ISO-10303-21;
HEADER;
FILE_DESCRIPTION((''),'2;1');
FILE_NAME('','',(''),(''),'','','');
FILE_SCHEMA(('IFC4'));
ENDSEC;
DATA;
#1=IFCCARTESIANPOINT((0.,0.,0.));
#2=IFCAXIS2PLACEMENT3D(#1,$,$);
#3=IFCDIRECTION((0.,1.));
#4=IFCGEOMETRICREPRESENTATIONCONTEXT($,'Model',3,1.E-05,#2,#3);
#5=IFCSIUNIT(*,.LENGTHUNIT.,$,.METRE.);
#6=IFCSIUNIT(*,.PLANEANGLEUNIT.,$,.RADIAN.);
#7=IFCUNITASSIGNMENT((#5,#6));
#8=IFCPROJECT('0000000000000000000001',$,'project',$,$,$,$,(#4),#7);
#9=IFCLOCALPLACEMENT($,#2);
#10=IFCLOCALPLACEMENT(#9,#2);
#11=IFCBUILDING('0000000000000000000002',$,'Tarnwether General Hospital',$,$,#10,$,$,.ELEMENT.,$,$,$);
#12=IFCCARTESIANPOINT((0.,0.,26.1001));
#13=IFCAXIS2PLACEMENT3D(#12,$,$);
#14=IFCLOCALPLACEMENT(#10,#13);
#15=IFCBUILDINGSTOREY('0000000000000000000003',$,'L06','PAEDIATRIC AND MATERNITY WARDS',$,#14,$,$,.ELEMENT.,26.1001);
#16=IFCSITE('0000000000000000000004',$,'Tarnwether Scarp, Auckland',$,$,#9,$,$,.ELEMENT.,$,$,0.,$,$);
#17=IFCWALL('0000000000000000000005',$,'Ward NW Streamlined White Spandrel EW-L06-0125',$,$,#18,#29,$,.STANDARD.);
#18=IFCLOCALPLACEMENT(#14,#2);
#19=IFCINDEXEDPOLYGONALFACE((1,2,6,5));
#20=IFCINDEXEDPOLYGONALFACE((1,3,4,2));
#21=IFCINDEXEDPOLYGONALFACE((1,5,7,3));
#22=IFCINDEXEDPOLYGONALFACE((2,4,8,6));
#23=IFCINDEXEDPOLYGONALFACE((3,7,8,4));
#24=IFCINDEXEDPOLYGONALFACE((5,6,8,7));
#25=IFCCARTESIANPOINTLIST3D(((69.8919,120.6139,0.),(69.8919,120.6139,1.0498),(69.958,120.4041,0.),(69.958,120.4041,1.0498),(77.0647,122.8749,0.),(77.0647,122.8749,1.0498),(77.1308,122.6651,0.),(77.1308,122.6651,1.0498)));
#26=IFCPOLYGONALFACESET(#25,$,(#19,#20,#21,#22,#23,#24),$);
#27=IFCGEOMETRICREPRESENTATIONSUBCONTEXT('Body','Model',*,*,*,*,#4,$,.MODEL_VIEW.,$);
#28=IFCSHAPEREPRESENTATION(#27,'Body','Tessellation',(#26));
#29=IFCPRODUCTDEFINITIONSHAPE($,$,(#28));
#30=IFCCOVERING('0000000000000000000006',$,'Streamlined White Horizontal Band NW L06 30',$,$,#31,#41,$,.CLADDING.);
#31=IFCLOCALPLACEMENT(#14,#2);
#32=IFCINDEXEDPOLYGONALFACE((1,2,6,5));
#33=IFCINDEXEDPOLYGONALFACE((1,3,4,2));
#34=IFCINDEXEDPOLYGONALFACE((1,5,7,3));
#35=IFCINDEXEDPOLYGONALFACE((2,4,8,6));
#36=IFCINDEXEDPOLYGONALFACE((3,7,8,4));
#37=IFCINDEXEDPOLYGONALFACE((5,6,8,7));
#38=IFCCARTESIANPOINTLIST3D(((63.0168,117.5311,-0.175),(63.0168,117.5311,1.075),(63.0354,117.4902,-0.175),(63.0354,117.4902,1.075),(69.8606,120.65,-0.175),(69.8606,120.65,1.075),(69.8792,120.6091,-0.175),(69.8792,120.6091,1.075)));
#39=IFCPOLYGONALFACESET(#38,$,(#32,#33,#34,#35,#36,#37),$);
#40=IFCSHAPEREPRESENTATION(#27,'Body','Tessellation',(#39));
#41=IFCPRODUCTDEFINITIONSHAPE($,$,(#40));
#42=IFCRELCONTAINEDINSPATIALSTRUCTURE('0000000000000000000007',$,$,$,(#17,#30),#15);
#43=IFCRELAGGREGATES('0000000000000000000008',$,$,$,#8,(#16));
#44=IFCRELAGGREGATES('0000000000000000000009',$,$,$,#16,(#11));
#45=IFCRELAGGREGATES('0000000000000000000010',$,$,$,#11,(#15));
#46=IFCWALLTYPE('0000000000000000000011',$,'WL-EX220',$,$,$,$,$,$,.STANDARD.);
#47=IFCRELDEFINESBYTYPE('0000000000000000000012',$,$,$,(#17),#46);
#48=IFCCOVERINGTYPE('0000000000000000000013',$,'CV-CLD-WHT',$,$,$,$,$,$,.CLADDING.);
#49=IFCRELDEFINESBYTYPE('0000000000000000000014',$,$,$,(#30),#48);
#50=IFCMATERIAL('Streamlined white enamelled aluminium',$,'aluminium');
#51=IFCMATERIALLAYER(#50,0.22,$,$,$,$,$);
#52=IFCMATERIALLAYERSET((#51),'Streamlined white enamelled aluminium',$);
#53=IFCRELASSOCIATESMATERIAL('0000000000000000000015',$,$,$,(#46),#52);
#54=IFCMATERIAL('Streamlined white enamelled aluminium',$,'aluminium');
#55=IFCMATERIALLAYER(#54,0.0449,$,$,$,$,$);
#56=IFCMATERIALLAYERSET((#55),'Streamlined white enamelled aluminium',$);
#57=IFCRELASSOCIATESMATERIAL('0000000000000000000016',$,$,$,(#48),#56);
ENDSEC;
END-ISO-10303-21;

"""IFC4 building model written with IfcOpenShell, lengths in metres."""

from ifc_helpers import new_model, si_unit, direction, frame, frame_2d, origin, origin_2d, place, context, subcontext, project, spatial, rectangle, extrude, material, layer, layer_set, type_object, element, save


model = new_model("IFC4")

# Units and contexts
model_context = context("Model", 3, precision=1e-05, world=origin(), true_north=direction((0.0, 1.0)))
body_context = subcontext(model_context, "Body", "Model", "MODEL_VIEW")
ifc_project = project(units=[si_unit("LENGTHUNIT", "METRE"), si_unit("PLANEANGLEUNIT", "RADIAN")], contexts=[model_context])

# Site, building, storey
site_placement = place(None, origin())
site = spatial("IfcSite", under=ifc_project, at=site_placement, Name="Tarnwether Scarp, Auckland", CompositionType="ELEMENT", RefElevation=0.0)
building_placement = place(site_placement, origin())
building = spatial("IfcBuilding", under=site, at=building_placement, Name="Tarnwether General Hospital", CompositionType="ELEMENT")
storey_placement = place(building_placement, frame((0.0, 0.0, 26.1001)))
storey = spatial("IfcBuildingStorey", under=building, at=storey_placement, Name="L06", Description="PAEDIATRIC AND MATERNITY WARDS", CompositionType="ELEMENT", Elevation=26.1001)

# Wall
ifc_material_1 = material(Name="Streamlined white enamelled aluminium", Category="aluminium")
ifc_layer_1 = layer(ifc_material_1, 0.22)
ifc_layer_set_1 = layer_set([ifc_layer_1], Name="Streamlined white enamelled aluminium")
wall_type = type_object("IfcWallType", Name="WL-EX220", PredefinedType="STANDARD", material=ifc_layer_set_1)
wall_placement = place(storey_placement, frame((69.925, 120.509, 0.0), z_axis=(0.0, 0.0, 1.0), x_axis=(0.95374, 0.300633, 0.0)))
element("IfcWall", 1, at=wall_placement, inside=storey, type_object=wall_type, Name="Ward NW Streamlined White Spandrel EW-L06-0125", PredefinedType="STANDARD", context=body_context, shape_type="SweptSolid", body=[
    extrude(rectangle(XDim=7.5208, YDim=0.22, at=frame_2d((3.7603, 0.0))), origin(), (0.0, 0.0, 1.0), 1.0498),
])

# Covering
ifc_material_2 = material(Name="Streamlined white enamelled aluminium", Category="aluminium")
ifc_layer_2 = layer(ifc_material_2, 0.0449)
ifc_layer_set_2 = layer_set([ifc_layer_2], Name="Streamlined white enamelled aluminium")
covering_type = type_object("IfcCoveringType", Name="CV-CLD-WHT", PredefinedType="CLADDING", material=ifc_layer_set_2)
covering_placement = place(storey_placement, frame((66.448, 119.0701, -0.175), z_axis=(0.0, 0.0, 1.0), x_axis=(0.909961, 0.414693, 0.0)))
element("IfcCovering", 2, at=covering_placement, inside=storey, type_object=covering_type, Name="Streamlined White Horizontal Band NW L06 30", PredefinedType="CLADDING", context=body_context, shape_type="SweptSolid", body=[
    extrude(rectangle(XDim=7.521, YDim=0.0449, at=origin_2d()), origin(), (0.0, 0.0, 1.0), 1.25),
])

save(model, "model.ifc")
